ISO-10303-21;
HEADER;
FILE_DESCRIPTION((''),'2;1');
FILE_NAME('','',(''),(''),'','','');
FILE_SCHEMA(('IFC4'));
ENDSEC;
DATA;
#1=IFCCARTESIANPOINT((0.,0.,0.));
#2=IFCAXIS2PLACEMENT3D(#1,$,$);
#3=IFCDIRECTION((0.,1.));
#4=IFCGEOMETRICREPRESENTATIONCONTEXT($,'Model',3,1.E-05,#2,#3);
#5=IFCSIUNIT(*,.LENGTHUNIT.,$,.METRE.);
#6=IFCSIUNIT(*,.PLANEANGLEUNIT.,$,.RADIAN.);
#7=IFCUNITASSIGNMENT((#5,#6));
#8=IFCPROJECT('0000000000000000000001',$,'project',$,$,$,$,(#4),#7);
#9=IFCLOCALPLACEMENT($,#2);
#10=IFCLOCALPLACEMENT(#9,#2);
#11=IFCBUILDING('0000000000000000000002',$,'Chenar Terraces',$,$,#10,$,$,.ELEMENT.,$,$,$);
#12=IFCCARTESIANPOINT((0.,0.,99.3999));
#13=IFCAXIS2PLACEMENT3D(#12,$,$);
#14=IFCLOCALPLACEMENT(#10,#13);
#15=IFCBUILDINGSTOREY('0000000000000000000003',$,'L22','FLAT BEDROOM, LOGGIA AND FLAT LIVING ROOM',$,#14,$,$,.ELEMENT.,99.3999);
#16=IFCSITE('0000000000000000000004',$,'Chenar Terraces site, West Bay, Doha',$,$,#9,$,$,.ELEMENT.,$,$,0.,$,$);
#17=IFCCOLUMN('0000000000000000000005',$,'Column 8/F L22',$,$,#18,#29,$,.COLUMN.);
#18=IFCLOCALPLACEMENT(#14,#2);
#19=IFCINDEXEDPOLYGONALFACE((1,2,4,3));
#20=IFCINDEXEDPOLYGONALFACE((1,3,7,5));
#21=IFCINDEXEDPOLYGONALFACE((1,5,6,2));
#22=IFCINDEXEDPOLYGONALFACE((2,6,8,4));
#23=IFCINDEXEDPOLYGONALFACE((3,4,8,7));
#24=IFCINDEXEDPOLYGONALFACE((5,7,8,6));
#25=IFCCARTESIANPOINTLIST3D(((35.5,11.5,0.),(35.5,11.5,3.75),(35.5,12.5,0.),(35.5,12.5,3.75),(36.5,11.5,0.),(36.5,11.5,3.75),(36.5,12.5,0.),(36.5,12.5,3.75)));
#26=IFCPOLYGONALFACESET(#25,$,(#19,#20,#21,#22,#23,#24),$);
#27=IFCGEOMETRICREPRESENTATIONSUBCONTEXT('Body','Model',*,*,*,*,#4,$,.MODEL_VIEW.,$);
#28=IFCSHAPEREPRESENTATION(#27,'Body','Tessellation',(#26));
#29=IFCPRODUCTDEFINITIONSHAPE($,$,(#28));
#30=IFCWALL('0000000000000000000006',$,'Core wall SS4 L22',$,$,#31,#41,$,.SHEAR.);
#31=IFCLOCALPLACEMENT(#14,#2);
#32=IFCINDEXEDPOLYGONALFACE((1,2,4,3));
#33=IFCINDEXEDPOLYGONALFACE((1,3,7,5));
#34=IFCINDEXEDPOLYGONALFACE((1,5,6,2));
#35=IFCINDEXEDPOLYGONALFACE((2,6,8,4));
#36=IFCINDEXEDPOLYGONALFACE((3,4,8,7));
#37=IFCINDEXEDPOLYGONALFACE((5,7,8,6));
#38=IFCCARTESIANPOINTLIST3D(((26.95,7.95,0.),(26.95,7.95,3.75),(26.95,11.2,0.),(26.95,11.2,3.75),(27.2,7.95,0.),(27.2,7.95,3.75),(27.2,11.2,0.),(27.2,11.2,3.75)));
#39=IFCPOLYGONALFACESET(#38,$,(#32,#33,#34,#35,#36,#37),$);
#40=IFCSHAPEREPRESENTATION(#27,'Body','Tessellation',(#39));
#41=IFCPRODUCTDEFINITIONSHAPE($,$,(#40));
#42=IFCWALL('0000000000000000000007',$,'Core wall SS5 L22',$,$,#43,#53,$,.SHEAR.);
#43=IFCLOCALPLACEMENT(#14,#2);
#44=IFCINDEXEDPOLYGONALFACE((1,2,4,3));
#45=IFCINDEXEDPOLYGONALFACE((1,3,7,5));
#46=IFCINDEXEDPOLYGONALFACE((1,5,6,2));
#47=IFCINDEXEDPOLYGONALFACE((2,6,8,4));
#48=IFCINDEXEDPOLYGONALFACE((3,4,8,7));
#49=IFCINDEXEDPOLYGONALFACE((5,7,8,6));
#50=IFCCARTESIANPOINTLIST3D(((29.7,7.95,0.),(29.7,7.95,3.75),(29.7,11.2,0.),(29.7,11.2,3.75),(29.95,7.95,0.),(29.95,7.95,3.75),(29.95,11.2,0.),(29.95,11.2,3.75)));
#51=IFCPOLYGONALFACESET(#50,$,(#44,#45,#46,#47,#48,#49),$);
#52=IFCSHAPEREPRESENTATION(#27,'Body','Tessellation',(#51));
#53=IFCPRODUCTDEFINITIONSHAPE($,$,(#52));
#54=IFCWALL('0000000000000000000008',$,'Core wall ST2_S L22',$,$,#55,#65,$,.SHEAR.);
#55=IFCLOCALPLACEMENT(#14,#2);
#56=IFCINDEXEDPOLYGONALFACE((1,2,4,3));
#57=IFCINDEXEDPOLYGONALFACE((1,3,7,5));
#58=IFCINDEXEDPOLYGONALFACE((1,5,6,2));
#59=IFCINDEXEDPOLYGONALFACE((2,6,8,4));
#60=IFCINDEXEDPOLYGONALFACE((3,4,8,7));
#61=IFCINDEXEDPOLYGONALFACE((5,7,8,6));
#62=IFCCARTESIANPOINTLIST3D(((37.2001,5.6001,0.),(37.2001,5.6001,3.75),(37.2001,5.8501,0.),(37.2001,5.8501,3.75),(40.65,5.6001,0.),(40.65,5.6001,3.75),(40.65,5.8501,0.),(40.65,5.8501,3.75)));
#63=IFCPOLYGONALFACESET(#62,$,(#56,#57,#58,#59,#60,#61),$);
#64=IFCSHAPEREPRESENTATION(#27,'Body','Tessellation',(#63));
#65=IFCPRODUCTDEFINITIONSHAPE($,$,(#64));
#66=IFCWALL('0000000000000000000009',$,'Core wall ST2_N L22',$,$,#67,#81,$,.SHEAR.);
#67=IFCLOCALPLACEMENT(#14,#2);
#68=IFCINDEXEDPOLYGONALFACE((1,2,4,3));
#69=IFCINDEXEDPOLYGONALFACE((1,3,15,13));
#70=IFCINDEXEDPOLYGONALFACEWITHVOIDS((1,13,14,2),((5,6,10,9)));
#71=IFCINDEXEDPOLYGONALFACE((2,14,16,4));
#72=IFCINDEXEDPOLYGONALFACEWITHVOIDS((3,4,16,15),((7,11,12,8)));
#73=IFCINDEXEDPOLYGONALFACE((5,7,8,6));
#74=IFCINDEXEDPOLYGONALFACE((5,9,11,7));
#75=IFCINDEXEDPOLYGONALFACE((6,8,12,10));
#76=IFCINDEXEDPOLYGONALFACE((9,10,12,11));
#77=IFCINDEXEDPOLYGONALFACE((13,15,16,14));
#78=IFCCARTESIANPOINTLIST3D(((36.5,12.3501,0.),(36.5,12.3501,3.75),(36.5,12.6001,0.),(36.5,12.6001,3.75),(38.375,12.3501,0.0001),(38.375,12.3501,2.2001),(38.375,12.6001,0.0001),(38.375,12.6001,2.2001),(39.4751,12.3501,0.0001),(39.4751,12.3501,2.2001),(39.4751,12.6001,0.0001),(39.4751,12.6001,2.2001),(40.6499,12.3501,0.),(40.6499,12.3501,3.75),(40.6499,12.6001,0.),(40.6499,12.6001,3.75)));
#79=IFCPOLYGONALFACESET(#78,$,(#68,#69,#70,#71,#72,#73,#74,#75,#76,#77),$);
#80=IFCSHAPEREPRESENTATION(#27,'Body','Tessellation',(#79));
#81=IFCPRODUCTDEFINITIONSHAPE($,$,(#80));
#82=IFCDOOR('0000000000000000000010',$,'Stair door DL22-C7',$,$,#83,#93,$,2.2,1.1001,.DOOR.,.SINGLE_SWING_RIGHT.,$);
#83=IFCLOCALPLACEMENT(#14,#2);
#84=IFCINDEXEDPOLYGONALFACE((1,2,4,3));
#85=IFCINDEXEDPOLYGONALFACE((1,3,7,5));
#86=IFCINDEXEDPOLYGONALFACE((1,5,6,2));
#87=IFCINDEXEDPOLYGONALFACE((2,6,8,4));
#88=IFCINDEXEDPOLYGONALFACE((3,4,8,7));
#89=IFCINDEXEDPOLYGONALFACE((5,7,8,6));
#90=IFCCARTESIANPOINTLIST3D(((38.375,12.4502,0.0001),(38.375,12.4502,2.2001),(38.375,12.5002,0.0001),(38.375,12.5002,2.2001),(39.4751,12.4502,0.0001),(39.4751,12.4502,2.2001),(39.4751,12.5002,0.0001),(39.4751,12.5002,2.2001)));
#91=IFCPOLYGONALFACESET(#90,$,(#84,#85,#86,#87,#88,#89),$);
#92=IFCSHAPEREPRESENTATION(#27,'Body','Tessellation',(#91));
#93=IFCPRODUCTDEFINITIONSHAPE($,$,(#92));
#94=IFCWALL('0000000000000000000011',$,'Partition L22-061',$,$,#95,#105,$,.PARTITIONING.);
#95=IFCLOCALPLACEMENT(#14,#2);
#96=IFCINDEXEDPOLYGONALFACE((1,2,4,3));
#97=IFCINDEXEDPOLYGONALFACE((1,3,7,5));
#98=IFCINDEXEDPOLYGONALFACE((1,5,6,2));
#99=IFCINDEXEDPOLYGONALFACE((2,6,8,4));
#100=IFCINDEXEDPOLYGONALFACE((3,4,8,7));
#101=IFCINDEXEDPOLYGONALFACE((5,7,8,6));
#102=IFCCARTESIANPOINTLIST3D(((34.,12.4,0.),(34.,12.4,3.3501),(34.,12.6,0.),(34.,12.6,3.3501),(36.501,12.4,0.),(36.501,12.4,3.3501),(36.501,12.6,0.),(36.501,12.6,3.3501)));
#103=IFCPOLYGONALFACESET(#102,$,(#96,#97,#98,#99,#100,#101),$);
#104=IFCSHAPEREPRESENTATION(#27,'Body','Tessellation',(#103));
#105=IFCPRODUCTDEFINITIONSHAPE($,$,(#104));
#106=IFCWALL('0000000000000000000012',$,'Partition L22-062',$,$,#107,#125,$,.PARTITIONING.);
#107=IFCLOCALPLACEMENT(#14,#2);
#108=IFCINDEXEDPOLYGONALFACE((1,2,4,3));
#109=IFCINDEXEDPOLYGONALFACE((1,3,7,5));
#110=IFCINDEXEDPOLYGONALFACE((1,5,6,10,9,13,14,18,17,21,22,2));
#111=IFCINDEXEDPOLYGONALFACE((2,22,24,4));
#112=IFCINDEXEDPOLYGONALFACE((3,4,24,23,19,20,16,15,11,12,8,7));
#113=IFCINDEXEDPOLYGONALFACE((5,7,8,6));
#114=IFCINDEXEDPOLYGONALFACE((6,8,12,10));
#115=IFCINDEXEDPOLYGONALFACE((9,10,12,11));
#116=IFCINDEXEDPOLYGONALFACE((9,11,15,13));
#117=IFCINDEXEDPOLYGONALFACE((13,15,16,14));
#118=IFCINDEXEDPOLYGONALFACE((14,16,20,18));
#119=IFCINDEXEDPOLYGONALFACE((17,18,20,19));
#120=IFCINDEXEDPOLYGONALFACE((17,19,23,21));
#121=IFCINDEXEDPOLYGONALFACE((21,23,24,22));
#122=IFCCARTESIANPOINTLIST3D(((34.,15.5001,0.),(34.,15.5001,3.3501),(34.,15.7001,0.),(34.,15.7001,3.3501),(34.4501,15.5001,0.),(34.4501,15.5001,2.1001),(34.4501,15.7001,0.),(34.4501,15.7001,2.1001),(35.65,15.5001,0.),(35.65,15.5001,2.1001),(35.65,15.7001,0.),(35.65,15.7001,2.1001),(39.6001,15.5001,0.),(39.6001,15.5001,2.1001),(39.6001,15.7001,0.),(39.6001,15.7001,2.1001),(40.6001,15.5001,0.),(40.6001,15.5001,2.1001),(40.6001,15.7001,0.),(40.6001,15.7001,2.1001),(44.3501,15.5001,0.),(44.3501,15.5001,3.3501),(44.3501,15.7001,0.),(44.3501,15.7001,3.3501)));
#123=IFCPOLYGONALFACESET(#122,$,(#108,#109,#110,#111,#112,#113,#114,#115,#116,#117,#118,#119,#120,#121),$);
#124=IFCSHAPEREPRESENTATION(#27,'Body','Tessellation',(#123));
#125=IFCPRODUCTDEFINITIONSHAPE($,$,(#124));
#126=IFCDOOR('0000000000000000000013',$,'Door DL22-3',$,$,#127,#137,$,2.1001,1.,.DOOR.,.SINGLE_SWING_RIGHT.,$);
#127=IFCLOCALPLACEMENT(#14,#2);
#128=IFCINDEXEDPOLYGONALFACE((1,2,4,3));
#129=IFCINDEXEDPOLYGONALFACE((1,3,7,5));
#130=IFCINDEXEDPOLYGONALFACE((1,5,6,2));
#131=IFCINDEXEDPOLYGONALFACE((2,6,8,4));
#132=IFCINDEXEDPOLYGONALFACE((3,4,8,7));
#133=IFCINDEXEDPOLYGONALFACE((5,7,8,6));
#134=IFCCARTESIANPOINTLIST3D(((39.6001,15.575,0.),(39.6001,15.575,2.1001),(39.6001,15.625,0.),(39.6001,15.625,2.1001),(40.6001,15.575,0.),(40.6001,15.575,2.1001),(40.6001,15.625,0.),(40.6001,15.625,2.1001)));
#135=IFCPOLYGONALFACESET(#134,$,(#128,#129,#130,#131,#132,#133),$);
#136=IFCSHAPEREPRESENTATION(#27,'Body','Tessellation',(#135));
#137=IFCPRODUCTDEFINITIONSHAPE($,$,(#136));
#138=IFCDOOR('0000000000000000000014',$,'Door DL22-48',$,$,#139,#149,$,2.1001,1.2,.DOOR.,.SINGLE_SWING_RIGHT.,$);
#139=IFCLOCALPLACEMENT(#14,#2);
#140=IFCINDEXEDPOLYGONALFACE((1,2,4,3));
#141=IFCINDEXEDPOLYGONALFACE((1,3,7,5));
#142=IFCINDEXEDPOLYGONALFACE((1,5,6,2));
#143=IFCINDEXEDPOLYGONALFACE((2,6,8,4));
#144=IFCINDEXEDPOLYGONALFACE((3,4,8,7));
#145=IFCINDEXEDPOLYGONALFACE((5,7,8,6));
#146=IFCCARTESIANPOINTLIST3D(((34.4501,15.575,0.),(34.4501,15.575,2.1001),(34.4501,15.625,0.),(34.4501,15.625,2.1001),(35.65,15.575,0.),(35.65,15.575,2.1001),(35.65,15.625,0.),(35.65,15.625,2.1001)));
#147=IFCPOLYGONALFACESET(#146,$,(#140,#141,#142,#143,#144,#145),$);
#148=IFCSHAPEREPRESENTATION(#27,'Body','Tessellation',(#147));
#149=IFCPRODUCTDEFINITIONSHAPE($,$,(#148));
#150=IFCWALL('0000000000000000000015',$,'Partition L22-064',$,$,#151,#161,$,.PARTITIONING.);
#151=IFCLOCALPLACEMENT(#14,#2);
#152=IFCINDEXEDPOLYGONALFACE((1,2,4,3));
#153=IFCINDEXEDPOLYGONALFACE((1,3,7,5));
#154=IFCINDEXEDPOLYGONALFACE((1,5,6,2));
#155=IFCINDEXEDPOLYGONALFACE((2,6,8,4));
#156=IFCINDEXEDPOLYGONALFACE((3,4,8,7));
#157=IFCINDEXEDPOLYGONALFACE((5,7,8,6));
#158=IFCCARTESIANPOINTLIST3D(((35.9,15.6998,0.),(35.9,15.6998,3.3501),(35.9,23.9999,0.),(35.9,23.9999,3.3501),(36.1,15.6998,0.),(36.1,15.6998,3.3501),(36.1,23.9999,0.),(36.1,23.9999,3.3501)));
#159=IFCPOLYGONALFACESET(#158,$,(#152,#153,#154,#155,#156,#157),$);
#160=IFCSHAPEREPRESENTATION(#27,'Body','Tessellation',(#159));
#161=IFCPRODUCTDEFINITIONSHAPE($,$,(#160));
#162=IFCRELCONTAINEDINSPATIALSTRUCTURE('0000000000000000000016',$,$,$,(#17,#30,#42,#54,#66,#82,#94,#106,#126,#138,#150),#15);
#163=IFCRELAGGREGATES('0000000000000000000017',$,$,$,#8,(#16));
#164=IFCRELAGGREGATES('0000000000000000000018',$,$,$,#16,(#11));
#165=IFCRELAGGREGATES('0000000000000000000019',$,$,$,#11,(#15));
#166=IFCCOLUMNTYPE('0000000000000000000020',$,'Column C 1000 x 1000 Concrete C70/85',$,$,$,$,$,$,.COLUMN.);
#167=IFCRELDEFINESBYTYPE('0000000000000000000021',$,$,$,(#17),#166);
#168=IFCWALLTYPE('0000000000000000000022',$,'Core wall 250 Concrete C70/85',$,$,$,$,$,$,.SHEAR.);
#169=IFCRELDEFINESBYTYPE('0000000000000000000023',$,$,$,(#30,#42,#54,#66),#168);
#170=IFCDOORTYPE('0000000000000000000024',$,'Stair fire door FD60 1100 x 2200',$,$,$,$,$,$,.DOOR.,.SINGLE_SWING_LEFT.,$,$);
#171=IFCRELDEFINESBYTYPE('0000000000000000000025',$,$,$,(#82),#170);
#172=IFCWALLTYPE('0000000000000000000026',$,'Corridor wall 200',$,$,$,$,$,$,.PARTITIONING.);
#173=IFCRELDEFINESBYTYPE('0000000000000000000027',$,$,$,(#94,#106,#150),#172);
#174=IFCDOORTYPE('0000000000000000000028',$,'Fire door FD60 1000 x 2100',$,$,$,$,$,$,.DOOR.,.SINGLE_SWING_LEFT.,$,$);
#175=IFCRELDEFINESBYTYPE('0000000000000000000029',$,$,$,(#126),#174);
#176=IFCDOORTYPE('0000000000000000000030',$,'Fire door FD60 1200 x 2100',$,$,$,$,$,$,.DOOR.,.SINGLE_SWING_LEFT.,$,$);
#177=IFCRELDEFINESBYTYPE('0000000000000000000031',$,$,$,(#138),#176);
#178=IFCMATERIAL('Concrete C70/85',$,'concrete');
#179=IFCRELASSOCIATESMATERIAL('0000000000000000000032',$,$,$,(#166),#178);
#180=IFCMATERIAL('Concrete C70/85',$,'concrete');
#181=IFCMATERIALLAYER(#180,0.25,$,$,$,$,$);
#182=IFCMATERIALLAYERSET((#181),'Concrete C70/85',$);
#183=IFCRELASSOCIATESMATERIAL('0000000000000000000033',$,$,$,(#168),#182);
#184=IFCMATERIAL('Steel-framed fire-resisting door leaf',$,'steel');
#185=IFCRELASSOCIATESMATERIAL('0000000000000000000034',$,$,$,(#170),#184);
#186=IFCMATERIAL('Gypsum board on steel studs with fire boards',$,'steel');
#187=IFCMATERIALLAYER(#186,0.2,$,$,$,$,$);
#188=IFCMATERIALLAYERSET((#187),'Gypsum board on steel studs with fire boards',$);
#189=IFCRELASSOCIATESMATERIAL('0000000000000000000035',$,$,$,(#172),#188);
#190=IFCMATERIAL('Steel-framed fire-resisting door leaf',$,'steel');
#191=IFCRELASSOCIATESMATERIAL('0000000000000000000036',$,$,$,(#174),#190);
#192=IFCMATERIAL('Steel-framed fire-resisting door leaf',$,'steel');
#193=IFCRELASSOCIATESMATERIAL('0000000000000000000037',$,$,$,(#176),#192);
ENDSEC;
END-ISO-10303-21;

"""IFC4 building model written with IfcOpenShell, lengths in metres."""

from ifc_helpers import new_model, si_unit, direction, frame, frame_2d, origin, origin_2d, place, context, subcontext, project, spatial, rectangle, extrude, material, layer, layer_set, material_profile, profile_set, type_object, element, fill, save


model = new_model("IFC4")

# Units and contexts
model_context = context("Model", 3, precision=1e-05, world=origin(), true_north=direction((0.0, 1.0)))
body_context = subcontext(model_context, "Body", "Model", "MODEL_VIEW")
ifc_project = project(units=[si_unit("LENGTHUNIT", "METRE"), si_unit("PLANEANGLEUNIT", "RADIAN")], contexts=[model_context])

# Site, building, storey
site_placement = place(None, origin())
site = spatial("IfcSite", under=ifc_project, at=site_placement, Name="Chenar Terraces site, West Bay, Doha", CompositionType="ELEMENT", RefElevation=0.0)
building_placement = place(site_placement, origin())
building = spatial("IfcBuilding", under=site, at=building_placement, Name="Chenar Terraces", CompositionType="ELEMENT")
storey_placement = place(building_placement, frame((0.0, 0.0, 99.3999)))
storey = spatial("IfcBuildingStorey", under=building, at=storey_placement, Name="L22", Description="FLAT BEDROOM, LOGGIA AND FLAT LIVING ROOM", CompositionType="ELEMENT", Elevation=99.3999)

# Column
ifc_material_1 = material(Name="Concrete C70/85", Category="concrete")
ifc_material_profile = material_profile(ifc_material_1, rectangle(XDim=1.0, YDim=1.0, at=origin_2d()), Name="C 1000 x 1000")
ifc_profile_set = profile_set([ifc_material_profile], Name="Concrete C70/85")
column_type = type_object("IfcColumnType", Name="Column C 1000 x 1000 Concrete C70/85", PredefinedType="COLUMN", material=ifc_profile_set)
column_placement = place(storey_placement, frame((36.0, 12.0, 0.0), z_axis=(0.0, 0.0, 1.0), x_axis=(1.0, 0.0, 0.0)))
element("IfcColumn", 1, at=column_placement, inside=storey, type_object=column_type, Name="Column 8/F L22", PredefinedType="COLUMN", context=body_context, shape_type="SweptSolid", body=[
    extrude(rectangle(XDim=1.0, YDim=1.0, at=origin_2d()), origin(), (0.0, 0.0, 1.0), 3.75),
])

# Walls
ifc_material_2 = material(Name="Concrete C70/85", Category="concrete")
ifc_layer_1 = layer(ifc_material_2, 0.25)
ifc_layer_set_1 = layer_set([ifc_layer_1], Name="Concrete C70/85")
wall_type_1 = type_object("IfcWallType", Name="Core wall 250 Concrete C70/85", PredefinedType="SHEAR", material=ifc_layer_set_1)
for number, where, z_axis, x_axis, name in (
    (2, (27.075, 7.95, 0.0), (0.0, 0.0, 1.0), (0.0, 1.0, 0.0), "Core wall SS4 L22"),
    (3, (29.825, 7.95, 0.0), (0.0, 0.0, 1.0), (0.0, 1.0, 0.0), "Core wall SS5 L22"),
):
    element("IfcWall", number, at=place(storey_placement, frame(where, z_axis=z_axis, x_axis=x_axis)), inside=storey, type_object=wall_type_1, Name=name, PredefinedType="SHEAR", context=body_context, shape_type="SweptSolid", body=[
        extrude(rectangle(XDim=3.25, YDim=0.25, at=frame_2d((1.625, 0.0))), origin(), (0.0, 0.0, 1.0), 3.75),
    ])
wall_1_placement = place(storey_placement, frame((37.2, 5.7251, 0.0), z_axis=(0.0, 0.0, 1.0), x_axis=(1.0, 0.0, 0.0)))
element("IfcWall", 4, at=wall_1_placement, inside=storey, type_object=wall_type_1, Name="Core wall ST2_S L22", PredefinedType="SHEAR", context=body_context, shape_type="SweptSolid", body=[
    extrude(rectangle(XDim=3.45, YDim=0.25, at=frame_2d((1.7251, 0.0))), origin(), (0.0, 0.0, 1.0), 3.75),
])

# Wall, opening, door
wall_2_placement = place(storey_placement, frame((36.5, 12.4751, 0.0), z_axis=(0.0, 0.0, 1.0), x_axis=(1.0, 0.0, 0.0)))
wall_2 = element("IfcWall", 5, at=wall_2_placement, inside=storey, type_object=wall_type_1, Name="Core wall ST2_N L22", PredefinedType="SHEAR", context=body_context, shape_type="SweptSolid", body=[
    extrude(rectangle(XDim=4.1499, YDim=0.25, at=frame_2d((2.075, 0.0))), origin(), (0.0, 0.0, 1.0), 3.75),
])
opening_1_placement = place(wall_2_placement, frame((1.875, 0.0, 0.0)))
opening_1 = element("IfcOpeningElement", 6, at=opening_1_placement, cuts=wall_2, PredefinedType="OPENING", context=body_context, shape_type="SweptSolid", body=[
    extrude(rectangle(XDim=1.1001, YDim=2.2, at=frame_2d((0.55, 1.1001))), frame((0.0, 0.135, 0.0), z_axis=(0.0, -1.0, 0.0), x_axis=(1.0, 0.0, 0.0)), (0.0, 0.0, 1.0), 0.27),
])
ifc_material_3 = material(Name="Steel-framed fire-resisting door leaf", Category="steel")
door_type_1 = type_object("IfcDoorType", Name="Stair fire door FD60 1100 x 2200", OperationType="SINGLE_SWING_LEFT", PredefinedType="DOOR", material=ifc_material_3)
door_1_placement = place(opening_1_placement, frame((1.1001, 0.0, 0.0), z_axis=(0.0, 0.0, 1.0), x_axis=(-1.0, 0.0, 0.0)))
door_1 = element("IfcDoor", 7, at=door_1_placement, inside=storey, type_object=door_type_1, Name="Stair door DL22-C7", OperationType="SINGLE_SWING_RIGHT", OverallHeight=2.2, OverallWidth=1.1001, PredefinedType="DOOR", context=body_context, shape_type="SweptSolid", body=[
    extrude(rectangle(XDim=1.1001, YDim=2.2, at=frame_2d((0.55, 1.1001))), frame((0.0, 0.0249, 0.0), z_axis=(0.0, -1.0, 0.0), x_axis=(1.0, 0.0, 0.0)), (0.0, 0.0, 1.0), 0.05),
])
fill(opening_1, door_1)

# Wall
ifc_material_4 = material(Name="Gypsum board on steel studs with fire boards", Category="steel")
ifc_layer_2 = layer(ifc_material_4, 0.2)
ifc_layer_set_2 = layer_set([ifc_layer_2], Name="Gypsum board on steel studs with fire boards")
wall_type_2 = type_object("IfcWallType", Name="Corridor wall 200", PredefinedType="PARTITIONING", material=ifc_layer_set_2)
wall_3_placement = place(storey_placement, frame((34.0, 12.5, 0.0), z_axis=(0.0, 0.0, 1.0), x_axis=(1.0, 0.0, 0.0)))
element("IfcWall", 8, at=wall_3_placement, inside=storey, type_object=wall_type_2, Name="Partition L22-061", PredefinedType="PARTITIONING", context=body_context, shape_type="SweptSolid", body=[
    extrude(rectangle(XDim=2.501, YDim=0.2, at=frame_2d((1.2505, 0.0))), origin(), (0.0, 0.0, 1.0), 3.3501),
])

# Wall, openings, doors
wall_4_placement = place(storey_placement, frame((34.0, 15.6001, 0.0), z_axis=(0.0, 0.0, 1.0), x_axis=(1.0, 0.0, 0.0)))
wall_4 = element("IfcWall", 9, at=wall_4_placement, inside=storey, type_object=wall_type_2, Name="Partition L22-062", PredefinedType="PARTITIONING", context=body_context, shape_type="SweptSolid", body=[
    extrude(rectangle(XDim=10.3501, YDim=0.2, at=frame_2d((5.175, 0.0))), origin(), (0.0, 0.0, 1.0), 3.3501),
])
opening_2_placement = place(wall_4_placement, frame((5.6001, 0.0, 0.0)))
opening_2 = element("IfcOpeningElement", 10, at=opening_2_placement, cuts=wall_4, PredefinedType="OPENING", context=body_context, shape_type="SweptSolid", body=[
    extrude(rectangle(XDim=1.0, YDim=2.1001, at=frame_2d((0.5, 1.05))), frame((0.0, 0.1099, 0.0), z_axis=(0.0, -1.0, 0.0), x_axis=(1.0, 0.0, 0.0)), (0.0, 0.0, 1.0), 0.22),
])
opening_3_placement = place(wall_4_placement, frame((0.45, 0.0, 0.0)))
opening_3 = element("IfcOpeningElement", 11, at=opening_3_placement, cuts=wall_4, PredefinedType="OPENING", context=body_context, shape_type="SweptSolid", body=[
    extrude(rectangle(XDim=1.2, YDim=2.1001, at=frame_2d((0.6001, 1.05))), frame((0.0, 0.1099, 0.0), z_axis=(0.0, -1.0, 0.0), x_axis=(1.0, 0.0, 0.0)), (0.0, 0.0, 1.0), 0.22),
])
ifc_material_5 = material(Name="Steel-framed fire-resisting door leaf", Category="steel")
door_type_2 = type_object("IfcDoorType", Name="Fire door FD60 1000 x 2100", OperationType="SINGLE_SWING_LEFT", PredefinedType="DOOR", material=ifc_material_5)
door_2_placement = place(opening_2_placement, origin())
door_2 = element("IfcDoor", 12, at=door_2_placement, inside=storey, type_object=door_type_2, Name="Door DL22-3", OperationType="SINGLE_SWING_RIGHT", OverallHeight=2.1001, OverallWidth=1.0, PredefinedType="DOOR", context=body_context, shape_type="SweptSolid", body=[
    extrude(rectangle(XDim=1.0, YDim=2.1001, at=frame_2d((0.5, 1.05))), frame((0.0, 0.0249, 0.0), z_axis=(0.0, -1.0, 0.0), x_axis=(1.0, 0.0, 0.0)), (0.0, 0.0, 1.0), 0.05),
])
fill(opening_2, door_2)
ifc_material_6 = material(Name="Steel-framed fire-resisting door leaf", Category="steel")
door_type_3 = type_object("IfcDoorType", Name="Fire door FD60 1200 x 2100", OperationType="SINGLE_SWING_LEFT", PredefinedType="DOOR", material=ifc_material_6)
door_3_placement = place(opening_3_placement, origin())
door_3 = element("IfcDoor", 13, at=door_3_placement, inside=storey, type_object=door_type_3, Name="Door DL22-48", OperationType="SINGLE_SWING_RIGHT", OverallHeight=2.1001, OverallWidth=1.2, PredefinedType="DOOR", context=body_context, shape_type="SweptSolid", body=[
    extrude(rectangle(XDim=1.2, YDim=2.1001, at=frame_2d((0.6001, 1.05))), frame((0.0, 0.0249, 0.0), z_axis=(0.0, -1.0, 0.0), x_axis=(1.0, 0.0, 0.0)), (0.0, 0.0, 1.0), 0.05),
])
fill(opening_3, door_3)

# Wall
wall_5_placement = place(storey_placement, frame((36.0, 15.7, 0.0), z_axis=(0.0, 0.0, 1.0), x_axis=(0.0, 1.0, 0.0)))
element("IfcWall", 14, at=wall_5_placement, inside=storey, type_object=wall_type_2, Name="Partition L22-064", PredefinedType="PARTITIONING", context=body_context, shape_type="SweptSolid", body=[
    extrude(rectangle(XDim=8.3, YDim=0.2, at=frame_2d((4.1499, 0.0))), origin(), (0.0, 0.0, 1.0), 3.3501),
])

save(model, "model.ifc")
